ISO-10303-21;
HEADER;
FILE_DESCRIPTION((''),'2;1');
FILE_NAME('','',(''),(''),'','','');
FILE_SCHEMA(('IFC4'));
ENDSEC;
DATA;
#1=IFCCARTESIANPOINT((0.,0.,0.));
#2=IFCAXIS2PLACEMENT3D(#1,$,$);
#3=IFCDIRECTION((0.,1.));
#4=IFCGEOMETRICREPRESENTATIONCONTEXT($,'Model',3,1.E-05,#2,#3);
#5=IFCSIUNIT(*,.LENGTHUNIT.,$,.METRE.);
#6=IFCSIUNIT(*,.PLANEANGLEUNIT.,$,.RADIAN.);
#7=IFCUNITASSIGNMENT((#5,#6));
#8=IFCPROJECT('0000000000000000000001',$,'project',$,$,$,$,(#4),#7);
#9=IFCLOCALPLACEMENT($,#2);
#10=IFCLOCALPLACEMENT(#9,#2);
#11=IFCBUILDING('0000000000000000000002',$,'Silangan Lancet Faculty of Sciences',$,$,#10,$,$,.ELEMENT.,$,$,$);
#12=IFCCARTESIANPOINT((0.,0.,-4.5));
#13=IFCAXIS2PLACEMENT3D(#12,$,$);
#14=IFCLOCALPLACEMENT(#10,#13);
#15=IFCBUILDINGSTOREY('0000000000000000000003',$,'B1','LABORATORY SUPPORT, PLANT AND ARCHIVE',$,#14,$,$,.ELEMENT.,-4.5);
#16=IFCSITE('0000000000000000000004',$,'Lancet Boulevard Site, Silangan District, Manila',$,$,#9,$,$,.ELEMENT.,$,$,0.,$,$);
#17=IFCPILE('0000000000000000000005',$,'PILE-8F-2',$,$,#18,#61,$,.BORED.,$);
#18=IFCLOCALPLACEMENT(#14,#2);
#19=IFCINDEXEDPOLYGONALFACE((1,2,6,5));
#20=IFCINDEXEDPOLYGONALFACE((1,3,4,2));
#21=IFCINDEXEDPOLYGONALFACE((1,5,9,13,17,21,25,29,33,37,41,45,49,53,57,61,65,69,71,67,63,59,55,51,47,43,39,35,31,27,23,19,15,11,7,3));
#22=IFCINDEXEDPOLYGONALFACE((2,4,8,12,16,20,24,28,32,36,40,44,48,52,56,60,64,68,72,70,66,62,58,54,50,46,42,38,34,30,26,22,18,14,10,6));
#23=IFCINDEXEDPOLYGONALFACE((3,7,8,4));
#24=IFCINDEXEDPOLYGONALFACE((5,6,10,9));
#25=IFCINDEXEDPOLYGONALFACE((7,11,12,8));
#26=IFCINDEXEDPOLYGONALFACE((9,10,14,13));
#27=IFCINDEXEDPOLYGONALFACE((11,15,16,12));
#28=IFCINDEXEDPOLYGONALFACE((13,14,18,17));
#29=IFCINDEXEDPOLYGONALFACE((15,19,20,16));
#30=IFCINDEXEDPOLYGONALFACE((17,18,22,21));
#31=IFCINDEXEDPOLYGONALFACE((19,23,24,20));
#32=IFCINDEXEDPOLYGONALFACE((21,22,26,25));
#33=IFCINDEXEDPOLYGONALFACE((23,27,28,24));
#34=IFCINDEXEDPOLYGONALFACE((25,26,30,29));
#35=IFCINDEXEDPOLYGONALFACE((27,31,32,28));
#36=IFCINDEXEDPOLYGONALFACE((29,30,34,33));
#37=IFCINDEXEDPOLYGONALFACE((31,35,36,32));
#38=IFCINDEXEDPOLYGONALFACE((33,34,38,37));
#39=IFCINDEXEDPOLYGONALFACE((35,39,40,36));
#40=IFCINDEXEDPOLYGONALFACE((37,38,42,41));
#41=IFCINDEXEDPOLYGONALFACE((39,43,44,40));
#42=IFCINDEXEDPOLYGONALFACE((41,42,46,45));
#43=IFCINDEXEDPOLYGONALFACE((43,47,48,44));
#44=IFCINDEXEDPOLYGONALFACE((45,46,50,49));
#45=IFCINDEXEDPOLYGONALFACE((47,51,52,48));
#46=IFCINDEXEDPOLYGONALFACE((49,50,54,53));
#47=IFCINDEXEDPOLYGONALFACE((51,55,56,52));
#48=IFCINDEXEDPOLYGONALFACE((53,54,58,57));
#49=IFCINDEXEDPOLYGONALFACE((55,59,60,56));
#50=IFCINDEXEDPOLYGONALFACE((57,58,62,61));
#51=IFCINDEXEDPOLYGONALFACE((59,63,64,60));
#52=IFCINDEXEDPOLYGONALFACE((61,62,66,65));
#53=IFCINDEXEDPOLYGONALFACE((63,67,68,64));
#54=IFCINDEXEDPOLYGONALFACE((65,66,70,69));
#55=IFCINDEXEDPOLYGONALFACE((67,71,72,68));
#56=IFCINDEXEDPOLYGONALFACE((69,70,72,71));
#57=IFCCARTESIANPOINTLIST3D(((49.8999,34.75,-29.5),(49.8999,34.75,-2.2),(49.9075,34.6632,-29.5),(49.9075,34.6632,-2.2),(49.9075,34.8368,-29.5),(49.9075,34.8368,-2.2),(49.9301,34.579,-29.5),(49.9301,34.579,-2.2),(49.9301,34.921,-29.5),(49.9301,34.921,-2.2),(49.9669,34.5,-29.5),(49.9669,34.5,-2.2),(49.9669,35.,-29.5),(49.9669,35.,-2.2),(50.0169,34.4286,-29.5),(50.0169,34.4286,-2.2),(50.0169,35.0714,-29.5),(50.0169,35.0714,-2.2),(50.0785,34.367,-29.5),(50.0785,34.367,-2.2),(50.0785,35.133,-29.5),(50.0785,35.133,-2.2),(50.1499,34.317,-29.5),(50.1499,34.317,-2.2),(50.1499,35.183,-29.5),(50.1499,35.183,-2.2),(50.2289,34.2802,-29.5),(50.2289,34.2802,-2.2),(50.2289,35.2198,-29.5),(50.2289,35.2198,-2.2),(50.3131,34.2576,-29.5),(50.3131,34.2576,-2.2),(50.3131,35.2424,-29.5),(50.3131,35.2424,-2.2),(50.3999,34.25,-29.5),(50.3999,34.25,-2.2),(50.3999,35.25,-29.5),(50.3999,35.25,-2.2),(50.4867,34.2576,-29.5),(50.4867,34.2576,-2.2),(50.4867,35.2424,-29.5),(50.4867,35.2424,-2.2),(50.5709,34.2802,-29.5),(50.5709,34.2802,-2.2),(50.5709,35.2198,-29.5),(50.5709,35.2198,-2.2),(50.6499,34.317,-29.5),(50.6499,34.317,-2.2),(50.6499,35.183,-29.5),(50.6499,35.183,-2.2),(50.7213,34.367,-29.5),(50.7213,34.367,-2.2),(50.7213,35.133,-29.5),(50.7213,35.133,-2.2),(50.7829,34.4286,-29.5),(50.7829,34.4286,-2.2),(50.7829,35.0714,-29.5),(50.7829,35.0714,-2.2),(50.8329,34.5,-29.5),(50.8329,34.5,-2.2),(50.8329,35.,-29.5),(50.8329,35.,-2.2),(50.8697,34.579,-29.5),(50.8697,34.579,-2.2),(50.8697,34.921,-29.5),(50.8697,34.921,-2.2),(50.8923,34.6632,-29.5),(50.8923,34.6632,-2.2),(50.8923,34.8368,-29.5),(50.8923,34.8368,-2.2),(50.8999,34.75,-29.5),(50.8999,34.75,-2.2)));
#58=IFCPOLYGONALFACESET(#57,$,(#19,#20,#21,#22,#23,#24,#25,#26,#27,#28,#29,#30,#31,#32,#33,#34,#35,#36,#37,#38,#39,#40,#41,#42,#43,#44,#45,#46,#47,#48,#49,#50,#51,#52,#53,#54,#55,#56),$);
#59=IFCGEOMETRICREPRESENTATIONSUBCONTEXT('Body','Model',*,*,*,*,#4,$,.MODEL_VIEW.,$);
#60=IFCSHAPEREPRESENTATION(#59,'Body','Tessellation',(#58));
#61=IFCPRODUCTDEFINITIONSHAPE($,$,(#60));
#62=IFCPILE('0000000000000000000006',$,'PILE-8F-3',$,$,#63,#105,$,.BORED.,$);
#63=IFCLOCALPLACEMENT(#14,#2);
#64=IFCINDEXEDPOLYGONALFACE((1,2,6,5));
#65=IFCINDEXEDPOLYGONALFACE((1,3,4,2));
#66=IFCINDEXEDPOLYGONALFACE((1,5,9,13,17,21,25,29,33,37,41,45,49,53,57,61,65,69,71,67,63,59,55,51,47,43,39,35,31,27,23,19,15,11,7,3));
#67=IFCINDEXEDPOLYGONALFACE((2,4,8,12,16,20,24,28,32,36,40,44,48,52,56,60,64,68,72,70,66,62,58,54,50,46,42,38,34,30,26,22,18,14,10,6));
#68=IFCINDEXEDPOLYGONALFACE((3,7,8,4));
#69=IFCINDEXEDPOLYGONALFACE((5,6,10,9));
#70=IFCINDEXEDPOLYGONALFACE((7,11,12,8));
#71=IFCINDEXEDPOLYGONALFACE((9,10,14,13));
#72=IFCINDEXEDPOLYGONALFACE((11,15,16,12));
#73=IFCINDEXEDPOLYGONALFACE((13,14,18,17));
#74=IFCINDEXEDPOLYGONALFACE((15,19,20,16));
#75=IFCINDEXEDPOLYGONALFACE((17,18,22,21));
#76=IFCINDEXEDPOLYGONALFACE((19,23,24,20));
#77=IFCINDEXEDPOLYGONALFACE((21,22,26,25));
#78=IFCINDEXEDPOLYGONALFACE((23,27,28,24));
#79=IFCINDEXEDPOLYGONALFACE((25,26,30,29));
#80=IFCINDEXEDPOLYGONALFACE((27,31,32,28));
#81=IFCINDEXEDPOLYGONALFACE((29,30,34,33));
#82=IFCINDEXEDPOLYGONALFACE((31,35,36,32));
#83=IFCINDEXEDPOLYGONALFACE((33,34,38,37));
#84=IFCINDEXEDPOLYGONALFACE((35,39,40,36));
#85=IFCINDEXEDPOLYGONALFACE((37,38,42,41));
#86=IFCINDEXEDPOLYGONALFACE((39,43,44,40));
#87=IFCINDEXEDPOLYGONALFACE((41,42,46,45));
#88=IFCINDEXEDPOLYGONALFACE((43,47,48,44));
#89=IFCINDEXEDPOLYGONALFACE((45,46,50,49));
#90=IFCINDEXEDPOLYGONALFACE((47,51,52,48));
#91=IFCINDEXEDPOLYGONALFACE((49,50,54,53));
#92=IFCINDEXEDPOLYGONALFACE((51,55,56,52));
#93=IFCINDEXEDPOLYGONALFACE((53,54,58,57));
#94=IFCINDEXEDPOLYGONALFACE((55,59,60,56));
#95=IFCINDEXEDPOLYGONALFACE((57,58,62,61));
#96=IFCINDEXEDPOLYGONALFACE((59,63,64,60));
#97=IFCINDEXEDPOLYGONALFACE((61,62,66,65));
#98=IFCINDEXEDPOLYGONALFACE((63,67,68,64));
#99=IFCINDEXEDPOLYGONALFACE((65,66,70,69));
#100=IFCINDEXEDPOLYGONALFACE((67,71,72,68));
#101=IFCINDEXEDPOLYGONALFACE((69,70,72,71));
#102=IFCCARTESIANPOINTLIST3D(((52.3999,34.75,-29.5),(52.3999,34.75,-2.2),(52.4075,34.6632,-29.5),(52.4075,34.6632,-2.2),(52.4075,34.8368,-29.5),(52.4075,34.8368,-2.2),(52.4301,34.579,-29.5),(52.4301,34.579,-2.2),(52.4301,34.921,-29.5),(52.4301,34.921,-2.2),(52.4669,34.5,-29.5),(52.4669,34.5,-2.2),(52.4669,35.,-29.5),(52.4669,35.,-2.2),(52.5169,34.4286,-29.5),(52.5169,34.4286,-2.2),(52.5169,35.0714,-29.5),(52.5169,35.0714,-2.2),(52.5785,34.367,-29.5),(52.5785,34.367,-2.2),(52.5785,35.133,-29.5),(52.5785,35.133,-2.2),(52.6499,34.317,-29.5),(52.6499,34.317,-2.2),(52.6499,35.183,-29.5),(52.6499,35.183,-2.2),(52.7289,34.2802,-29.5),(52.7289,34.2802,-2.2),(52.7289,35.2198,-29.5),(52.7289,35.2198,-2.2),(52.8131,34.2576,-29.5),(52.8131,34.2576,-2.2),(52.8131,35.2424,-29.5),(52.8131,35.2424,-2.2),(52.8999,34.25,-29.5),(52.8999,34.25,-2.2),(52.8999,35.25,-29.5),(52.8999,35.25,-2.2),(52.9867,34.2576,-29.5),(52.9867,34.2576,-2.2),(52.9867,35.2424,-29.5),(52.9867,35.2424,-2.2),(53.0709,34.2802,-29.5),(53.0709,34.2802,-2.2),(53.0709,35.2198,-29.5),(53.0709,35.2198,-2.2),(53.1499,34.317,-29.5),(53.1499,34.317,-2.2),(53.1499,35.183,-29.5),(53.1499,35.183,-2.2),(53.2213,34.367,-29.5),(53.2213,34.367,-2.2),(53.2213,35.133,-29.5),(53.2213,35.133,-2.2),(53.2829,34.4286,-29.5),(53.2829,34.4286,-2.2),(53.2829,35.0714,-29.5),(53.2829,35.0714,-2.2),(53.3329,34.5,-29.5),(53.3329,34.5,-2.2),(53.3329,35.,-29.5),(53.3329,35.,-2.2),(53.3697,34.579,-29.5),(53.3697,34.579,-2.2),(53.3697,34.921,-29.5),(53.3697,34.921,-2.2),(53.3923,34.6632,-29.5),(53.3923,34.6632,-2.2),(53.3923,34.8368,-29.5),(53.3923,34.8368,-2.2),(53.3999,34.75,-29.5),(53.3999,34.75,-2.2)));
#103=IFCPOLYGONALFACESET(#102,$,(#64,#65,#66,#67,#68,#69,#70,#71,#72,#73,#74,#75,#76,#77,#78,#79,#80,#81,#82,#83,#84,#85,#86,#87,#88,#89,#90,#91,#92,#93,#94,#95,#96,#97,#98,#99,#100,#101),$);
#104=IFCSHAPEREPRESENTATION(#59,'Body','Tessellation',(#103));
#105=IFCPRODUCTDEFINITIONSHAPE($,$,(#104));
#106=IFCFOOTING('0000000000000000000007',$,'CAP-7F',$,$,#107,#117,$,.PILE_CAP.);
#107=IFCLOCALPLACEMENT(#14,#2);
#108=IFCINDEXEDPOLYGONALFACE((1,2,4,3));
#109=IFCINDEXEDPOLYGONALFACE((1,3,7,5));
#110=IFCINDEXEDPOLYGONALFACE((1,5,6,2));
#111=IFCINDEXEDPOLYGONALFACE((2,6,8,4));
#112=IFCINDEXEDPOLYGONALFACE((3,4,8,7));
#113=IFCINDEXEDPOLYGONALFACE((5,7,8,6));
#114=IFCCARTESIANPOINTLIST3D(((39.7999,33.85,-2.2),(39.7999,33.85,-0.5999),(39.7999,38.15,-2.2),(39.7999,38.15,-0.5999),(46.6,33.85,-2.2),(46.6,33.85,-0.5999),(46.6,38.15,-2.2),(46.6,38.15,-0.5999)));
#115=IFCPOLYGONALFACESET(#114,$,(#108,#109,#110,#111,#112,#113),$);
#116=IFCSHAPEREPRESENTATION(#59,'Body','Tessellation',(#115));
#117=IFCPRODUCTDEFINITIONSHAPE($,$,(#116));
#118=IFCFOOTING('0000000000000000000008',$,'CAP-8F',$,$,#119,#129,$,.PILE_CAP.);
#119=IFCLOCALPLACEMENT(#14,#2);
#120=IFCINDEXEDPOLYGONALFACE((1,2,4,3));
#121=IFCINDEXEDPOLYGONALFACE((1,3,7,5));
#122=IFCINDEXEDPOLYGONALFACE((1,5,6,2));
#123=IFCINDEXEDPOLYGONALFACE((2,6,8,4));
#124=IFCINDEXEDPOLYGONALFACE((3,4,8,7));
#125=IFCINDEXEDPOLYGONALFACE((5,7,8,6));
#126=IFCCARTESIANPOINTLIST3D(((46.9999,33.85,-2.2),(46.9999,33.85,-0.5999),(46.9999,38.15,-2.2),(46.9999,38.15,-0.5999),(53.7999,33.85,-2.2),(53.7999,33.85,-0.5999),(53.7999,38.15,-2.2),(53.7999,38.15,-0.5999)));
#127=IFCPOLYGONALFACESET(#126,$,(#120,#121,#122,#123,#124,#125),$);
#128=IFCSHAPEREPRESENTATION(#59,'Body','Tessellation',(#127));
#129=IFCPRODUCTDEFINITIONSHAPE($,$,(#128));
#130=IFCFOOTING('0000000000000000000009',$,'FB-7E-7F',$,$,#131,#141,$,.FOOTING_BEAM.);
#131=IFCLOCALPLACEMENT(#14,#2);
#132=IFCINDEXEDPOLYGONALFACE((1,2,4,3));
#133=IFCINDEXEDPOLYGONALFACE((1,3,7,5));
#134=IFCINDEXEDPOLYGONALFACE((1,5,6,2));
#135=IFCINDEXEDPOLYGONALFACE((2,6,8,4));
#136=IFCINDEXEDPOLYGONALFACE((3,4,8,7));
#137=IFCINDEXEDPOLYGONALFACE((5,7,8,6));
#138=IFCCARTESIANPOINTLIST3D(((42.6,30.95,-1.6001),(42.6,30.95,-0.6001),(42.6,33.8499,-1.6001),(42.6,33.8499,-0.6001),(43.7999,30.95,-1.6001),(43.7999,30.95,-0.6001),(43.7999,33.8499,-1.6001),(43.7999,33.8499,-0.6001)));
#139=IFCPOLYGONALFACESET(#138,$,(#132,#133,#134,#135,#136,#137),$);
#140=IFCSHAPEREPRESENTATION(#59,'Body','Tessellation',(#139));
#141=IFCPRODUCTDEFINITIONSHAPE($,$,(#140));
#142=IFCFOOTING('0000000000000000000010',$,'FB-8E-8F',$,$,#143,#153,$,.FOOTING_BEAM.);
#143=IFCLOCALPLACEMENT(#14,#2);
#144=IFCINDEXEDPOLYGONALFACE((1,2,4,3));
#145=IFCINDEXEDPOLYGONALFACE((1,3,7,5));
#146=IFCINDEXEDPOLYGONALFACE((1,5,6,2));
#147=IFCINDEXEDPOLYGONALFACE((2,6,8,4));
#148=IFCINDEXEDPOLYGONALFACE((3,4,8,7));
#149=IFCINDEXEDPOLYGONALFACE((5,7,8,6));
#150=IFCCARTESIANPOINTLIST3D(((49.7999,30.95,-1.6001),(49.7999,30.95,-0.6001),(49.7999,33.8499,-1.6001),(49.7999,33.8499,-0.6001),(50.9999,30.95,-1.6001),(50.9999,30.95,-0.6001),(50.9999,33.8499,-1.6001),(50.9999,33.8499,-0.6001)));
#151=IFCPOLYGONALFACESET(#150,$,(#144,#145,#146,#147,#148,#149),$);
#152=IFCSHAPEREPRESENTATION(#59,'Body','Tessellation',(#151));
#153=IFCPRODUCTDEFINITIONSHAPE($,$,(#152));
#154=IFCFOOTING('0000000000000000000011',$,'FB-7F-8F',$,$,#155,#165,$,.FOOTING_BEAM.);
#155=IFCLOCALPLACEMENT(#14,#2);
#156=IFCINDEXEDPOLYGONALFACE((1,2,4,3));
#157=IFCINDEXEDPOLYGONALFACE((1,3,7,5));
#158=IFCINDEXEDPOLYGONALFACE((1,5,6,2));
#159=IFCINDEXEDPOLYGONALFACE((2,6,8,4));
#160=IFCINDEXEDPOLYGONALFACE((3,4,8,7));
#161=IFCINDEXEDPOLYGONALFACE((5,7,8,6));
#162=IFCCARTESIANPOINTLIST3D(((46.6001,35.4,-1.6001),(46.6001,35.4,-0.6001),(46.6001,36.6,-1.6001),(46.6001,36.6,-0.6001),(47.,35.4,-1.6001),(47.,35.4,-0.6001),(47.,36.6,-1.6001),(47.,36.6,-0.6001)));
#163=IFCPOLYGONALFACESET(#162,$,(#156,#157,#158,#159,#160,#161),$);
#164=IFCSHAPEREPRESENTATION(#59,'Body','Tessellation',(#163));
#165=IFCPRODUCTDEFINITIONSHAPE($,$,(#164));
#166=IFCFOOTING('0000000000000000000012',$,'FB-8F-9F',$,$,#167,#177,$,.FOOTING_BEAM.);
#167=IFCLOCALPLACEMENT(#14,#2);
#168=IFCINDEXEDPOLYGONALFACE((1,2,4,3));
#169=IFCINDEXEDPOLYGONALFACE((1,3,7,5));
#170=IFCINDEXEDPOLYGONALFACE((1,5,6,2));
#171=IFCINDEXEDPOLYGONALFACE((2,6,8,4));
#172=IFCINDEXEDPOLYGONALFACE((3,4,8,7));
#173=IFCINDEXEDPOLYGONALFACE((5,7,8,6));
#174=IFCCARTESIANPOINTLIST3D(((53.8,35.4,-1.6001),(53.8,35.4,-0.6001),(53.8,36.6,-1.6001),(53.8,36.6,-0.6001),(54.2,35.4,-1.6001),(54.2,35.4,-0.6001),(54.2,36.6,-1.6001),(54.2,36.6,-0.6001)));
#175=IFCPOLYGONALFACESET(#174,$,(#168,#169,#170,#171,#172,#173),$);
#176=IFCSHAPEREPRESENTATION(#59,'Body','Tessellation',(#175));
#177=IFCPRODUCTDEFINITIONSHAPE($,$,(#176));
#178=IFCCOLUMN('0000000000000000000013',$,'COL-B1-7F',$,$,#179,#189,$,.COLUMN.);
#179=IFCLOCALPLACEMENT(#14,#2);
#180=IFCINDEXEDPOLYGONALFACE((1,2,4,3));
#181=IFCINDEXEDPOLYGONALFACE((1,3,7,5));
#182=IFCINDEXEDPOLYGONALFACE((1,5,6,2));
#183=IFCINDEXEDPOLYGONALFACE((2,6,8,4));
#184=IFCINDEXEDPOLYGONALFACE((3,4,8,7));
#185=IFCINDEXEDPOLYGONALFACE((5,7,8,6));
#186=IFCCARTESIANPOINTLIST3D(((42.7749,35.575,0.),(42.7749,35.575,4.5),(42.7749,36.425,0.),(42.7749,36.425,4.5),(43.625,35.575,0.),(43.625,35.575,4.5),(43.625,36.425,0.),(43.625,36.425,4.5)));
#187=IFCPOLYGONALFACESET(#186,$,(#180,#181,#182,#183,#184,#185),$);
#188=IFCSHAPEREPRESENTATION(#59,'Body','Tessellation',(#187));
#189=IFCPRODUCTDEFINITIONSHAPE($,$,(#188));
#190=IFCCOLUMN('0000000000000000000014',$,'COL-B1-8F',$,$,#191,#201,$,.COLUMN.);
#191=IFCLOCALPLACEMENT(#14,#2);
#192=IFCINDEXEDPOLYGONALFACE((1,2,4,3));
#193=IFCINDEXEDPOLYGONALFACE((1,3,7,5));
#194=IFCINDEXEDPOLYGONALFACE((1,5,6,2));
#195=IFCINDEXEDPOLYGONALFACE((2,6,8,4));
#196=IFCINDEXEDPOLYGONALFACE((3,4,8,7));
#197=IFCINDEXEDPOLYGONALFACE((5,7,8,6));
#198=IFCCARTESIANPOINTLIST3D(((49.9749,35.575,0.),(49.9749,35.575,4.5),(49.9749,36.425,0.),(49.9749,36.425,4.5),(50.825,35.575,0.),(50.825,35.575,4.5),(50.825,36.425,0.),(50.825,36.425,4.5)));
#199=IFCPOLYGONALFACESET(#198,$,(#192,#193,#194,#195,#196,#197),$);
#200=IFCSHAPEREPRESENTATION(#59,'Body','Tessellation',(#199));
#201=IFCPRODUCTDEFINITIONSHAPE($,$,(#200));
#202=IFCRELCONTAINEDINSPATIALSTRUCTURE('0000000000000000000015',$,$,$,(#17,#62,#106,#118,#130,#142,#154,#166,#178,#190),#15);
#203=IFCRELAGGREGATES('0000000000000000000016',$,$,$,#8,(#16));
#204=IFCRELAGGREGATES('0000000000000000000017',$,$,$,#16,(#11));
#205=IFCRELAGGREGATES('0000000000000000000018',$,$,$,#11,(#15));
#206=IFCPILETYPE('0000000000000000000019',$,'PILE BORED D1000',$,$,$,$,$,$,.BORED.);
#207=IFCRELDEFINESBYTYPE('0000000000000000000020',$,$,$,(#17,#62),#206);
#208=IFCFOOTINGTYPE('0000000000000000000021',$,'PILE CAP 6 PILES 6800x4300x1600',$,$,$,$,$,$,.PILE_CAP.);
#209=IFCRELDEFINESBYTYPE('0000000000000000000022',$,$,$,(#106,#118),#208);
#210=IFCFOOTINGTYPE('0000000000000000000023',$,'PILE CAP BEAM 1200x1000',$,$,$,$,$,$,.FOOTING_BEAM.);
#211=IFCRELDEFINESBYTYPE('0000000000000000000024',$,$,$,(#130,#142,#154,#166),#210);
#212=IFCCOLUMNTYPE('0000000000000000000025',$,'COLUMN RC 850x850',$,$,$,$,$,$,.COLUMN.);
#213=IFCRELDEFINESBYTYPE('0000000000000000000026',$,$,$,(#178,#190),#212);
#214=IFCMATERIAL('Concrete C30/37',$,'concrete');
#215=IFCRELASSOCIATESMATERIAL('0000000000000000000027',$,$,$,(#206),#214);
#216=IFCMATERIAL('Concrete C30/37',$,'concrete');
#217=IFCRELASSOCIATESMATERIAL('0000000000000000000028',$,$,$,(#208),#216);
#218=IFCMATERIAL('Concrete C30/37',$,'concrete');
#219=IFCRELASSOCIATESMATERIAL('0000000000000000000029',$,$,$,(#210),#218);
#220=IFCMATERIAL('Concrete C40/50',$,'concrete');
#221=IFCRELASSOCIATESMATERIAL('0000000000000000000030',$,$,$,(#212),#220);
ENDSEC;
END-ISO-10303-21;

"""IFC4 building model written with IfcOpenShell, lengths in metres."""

from ifc_helpers import new_model, si_unit, direction, frame, origin, origin_2d, place, context, subcontext, project, spatial, rectangle, circle, extrude, material, material_profile, profile_set, type_object, element, save


model = new_model("IFC4")

# Units and contexts
model_context = context("Model", 3, precision=1e-05, world=origin(), true_north=direction((0.0, 1.0)))
body_context = subcontext(model_context, "Body", "Model", "MODEL_VIEW")
ifc_project = project(units=[si_unit("LENGTHUNIT", "METRE"), si_unit("PLANEANGLEUNIT", "RADIAN")], contexts=[model_context])

# Site, building, storey
site_placement = place(None, origin())
site = spatial("IfcSite", under=ifc_project, at=site_placement, Name="Lancet Boulevard Site, Silangan District, Manila", CompositionType="ELEMENT", RefElevation=0.0)
building_placement = place(site_placement, origin())
building = spatial("IfcBuilding", under=site, at=building_placement, Name="Silangan Lancet Faculty of Sciences", CompositionType="ELEMENT")
storey_placement = place(building_placement, frame((0.0, 0.0, -4.5)))
storey = spatial("IfcBuildingStorey", under=building, at=storey_placement, Name="B1", Description="LABORATORY SUPPORT, PLANT AND ARCHIVE", CompositionType="ELEMENT", Elevation=-4.5)

# Piles
ifc_material_1 = material(Name="Concrete C30/37", Category="concrete")
ifc_material_profile_1 = material_profile(ifc_material_1, circle(Radius=0.5, at=origin_2d()), Name="BORED PILE D1000")
ifc_profile_set_1 = profile_set([ifc_material_profile_1], Name="Concrete C30/37")
pile_type = type_object("IfcPileType", Name="PILE BORED D1000", PredefinedType="BORED", material=ifc_profile_set_1)
for number, where, z_axis, x_axis, name in (
    (1, (50.3999, 34.75, -2.2), (0.0, 0.0, -1.0), (1.0, 0.0, 0.0), "PILE-8F-2"),
    (2, (52.8999, 34.75, -2.2), (0.0, 0.0, -1.0), (1.0, 0.0, 0.0), "PILE-8F-3"),
):
    element("IfcPile", number, at=place(storey_placement, frame(where, z_axis=z_axis, x_axis=x_axis)), inside=storey, type_object=pile_type, Name=name, PredefinedType="BORED", context=body_context, shape_type="SweptSolid", body=[
        extrude(circle(Radius=0.5, at=origin_2d()), origin(), (0.0, 0.0, 1.0), 27.3),
    ])

# Footings
ifc_material_2 = material(Name="Concrete C30/37", Category="concrete")
footing_type_1 = type_object("IfcFootingType", Name="PILE CAP 6 PILES 6800x4300x1600", PredefinedType="PILE_CAP", material=ifc_material_2)
for number, where, z_axis, x_axis, name in (
    (3, (43.2, 36.0, -2.2), (0.0, 0.0, 1.0), (1.0, 0.0, 0.0), "CAP-7F"),
    (4, (50.3999, 36.0, -2.2), (0.0, 0.0, 1.0), (1.0, 0.0, 0.0), "CAP-8F"),
):
    element("IfcFooting", number, at=place(storey_placement, frame(where, z_axis=z_axis, x_axis=x_axis)), inside=storey, type_object=footing_type_1, Name=name, PredefinedType="PILE_CAP", context=body_context, shape_type="SweptSolid", body=[
        extrude(rectangle(XDim=6.8, YDim=4.3, at=origin_2d()), origin(), (0.0, 0.0, 1.0), 1.6001),
    ])
ifc_material_3 = material(Name="Concrete C30/37", Category="concrete")
footing_type_2 = type_object("IfcFootingType", Name="PILE CAP BEAM 1200x1000", PredefinedType="FOOTING_BEAM", material=ifc_material_3)
for number, where, z_axis, x_axis, name in (
    (5, (43.2, 32.3999, -1.6001), (0.0, 0.0, 1.0), (0.0, 1.0, 0.0), "FB-7E-7F"),
    (6, (50.3999, 32.3999, -1.6001), (0.0, 0.0, 1.0), (0.0, 1.0, 0.0), "FB-8E-8F"),
):
    element("IfcFooting", number, at=place(storey_placement, frame(where, z_axis=z_axis, x_axis=x_axis)), inside=storey, type_object=footing_type_2, Name=name, PredefinedType="FOOTING_BEAM", context=body_context, shape_type="SweptSolid", body=[
        extrude(rectangle(XDim=2.8999, YDim=1.2, at=origin_2d()), origin(), (0.0, 0.0, 1.0), 1.0),
    ])
for number, where, z_axis, x_axis, name in (
    (7, (46.8, 36.0, -1.6001), (0.0, 0.0, 1.0), (1.0, 0.0, 0.0), "FB-7F-8F"),
    (8, (54.0, 36.0, -1.6001), (0.0, 0.0, 1.0), (1.0, 0.0, 0.0), "FB-8F-9F"),
):
    element("IfcFooting", number, at=place(storey_placement, frame(where, z_axis=z_axis, x_axis=x_axis)), inside=storey, type_object=footing_type_2, Name=name, PredefinedType="FOOTING_BEAM", context=body_context, shape_type="SweptSolid", body=[
        extrude(rectangle(XDim=0.3999, YDim=1.2, at=origin_2d()), origin(), (0.0, 0.0, 1.0), 1.0),
    ])

# Columns
ifc_material_4 = material(Name="Concrete C40/50", Category="concrete")
ifc_material_profile_2 = material_profile(ifc_material_4, rectangle(XDim=0.8501, YDim=0.8501, at=origin_2d()), Name="RC 850x850")
ifc_profile_set_2 = profile_set([ifc_material_profile_2], Name="Concrete C40/50")
column_type = type_object("IfcColumnType", Name="COLUMN RC 850x850", PredefinedType="COLUMN", material=ifc_profile_set_2)
for number, where, z_axis, x_axis, name in (
    (9, (43.2, 36.0, 0.0), (0.0, 0.0, 1.0), (1.0, 0.0, 0.0), "COL-B1-7F"),
    (10, (50.3999, 36.0, 0.0), (0.0, 0.0, 1.0), (1.0, 0.0, 0.0), "COL-B1-8F"),
):
    element("IfcColumn", number, at=place(storey_placement, frame(where, z_axis=z_axis, x_axis=x_axis)), inside=storey, type_object=column_type, Name=name, PredefinedType="COLUMN", context=body_context, shape_type="SweptSolid", body=[
        extrude(rectangle(XDim=0.8501, YDim=0.8501, at=origin_2d()), origin(), (0.0, 0.0, 1.0), 4.5),
    ])

save(model, "model.ifc")
